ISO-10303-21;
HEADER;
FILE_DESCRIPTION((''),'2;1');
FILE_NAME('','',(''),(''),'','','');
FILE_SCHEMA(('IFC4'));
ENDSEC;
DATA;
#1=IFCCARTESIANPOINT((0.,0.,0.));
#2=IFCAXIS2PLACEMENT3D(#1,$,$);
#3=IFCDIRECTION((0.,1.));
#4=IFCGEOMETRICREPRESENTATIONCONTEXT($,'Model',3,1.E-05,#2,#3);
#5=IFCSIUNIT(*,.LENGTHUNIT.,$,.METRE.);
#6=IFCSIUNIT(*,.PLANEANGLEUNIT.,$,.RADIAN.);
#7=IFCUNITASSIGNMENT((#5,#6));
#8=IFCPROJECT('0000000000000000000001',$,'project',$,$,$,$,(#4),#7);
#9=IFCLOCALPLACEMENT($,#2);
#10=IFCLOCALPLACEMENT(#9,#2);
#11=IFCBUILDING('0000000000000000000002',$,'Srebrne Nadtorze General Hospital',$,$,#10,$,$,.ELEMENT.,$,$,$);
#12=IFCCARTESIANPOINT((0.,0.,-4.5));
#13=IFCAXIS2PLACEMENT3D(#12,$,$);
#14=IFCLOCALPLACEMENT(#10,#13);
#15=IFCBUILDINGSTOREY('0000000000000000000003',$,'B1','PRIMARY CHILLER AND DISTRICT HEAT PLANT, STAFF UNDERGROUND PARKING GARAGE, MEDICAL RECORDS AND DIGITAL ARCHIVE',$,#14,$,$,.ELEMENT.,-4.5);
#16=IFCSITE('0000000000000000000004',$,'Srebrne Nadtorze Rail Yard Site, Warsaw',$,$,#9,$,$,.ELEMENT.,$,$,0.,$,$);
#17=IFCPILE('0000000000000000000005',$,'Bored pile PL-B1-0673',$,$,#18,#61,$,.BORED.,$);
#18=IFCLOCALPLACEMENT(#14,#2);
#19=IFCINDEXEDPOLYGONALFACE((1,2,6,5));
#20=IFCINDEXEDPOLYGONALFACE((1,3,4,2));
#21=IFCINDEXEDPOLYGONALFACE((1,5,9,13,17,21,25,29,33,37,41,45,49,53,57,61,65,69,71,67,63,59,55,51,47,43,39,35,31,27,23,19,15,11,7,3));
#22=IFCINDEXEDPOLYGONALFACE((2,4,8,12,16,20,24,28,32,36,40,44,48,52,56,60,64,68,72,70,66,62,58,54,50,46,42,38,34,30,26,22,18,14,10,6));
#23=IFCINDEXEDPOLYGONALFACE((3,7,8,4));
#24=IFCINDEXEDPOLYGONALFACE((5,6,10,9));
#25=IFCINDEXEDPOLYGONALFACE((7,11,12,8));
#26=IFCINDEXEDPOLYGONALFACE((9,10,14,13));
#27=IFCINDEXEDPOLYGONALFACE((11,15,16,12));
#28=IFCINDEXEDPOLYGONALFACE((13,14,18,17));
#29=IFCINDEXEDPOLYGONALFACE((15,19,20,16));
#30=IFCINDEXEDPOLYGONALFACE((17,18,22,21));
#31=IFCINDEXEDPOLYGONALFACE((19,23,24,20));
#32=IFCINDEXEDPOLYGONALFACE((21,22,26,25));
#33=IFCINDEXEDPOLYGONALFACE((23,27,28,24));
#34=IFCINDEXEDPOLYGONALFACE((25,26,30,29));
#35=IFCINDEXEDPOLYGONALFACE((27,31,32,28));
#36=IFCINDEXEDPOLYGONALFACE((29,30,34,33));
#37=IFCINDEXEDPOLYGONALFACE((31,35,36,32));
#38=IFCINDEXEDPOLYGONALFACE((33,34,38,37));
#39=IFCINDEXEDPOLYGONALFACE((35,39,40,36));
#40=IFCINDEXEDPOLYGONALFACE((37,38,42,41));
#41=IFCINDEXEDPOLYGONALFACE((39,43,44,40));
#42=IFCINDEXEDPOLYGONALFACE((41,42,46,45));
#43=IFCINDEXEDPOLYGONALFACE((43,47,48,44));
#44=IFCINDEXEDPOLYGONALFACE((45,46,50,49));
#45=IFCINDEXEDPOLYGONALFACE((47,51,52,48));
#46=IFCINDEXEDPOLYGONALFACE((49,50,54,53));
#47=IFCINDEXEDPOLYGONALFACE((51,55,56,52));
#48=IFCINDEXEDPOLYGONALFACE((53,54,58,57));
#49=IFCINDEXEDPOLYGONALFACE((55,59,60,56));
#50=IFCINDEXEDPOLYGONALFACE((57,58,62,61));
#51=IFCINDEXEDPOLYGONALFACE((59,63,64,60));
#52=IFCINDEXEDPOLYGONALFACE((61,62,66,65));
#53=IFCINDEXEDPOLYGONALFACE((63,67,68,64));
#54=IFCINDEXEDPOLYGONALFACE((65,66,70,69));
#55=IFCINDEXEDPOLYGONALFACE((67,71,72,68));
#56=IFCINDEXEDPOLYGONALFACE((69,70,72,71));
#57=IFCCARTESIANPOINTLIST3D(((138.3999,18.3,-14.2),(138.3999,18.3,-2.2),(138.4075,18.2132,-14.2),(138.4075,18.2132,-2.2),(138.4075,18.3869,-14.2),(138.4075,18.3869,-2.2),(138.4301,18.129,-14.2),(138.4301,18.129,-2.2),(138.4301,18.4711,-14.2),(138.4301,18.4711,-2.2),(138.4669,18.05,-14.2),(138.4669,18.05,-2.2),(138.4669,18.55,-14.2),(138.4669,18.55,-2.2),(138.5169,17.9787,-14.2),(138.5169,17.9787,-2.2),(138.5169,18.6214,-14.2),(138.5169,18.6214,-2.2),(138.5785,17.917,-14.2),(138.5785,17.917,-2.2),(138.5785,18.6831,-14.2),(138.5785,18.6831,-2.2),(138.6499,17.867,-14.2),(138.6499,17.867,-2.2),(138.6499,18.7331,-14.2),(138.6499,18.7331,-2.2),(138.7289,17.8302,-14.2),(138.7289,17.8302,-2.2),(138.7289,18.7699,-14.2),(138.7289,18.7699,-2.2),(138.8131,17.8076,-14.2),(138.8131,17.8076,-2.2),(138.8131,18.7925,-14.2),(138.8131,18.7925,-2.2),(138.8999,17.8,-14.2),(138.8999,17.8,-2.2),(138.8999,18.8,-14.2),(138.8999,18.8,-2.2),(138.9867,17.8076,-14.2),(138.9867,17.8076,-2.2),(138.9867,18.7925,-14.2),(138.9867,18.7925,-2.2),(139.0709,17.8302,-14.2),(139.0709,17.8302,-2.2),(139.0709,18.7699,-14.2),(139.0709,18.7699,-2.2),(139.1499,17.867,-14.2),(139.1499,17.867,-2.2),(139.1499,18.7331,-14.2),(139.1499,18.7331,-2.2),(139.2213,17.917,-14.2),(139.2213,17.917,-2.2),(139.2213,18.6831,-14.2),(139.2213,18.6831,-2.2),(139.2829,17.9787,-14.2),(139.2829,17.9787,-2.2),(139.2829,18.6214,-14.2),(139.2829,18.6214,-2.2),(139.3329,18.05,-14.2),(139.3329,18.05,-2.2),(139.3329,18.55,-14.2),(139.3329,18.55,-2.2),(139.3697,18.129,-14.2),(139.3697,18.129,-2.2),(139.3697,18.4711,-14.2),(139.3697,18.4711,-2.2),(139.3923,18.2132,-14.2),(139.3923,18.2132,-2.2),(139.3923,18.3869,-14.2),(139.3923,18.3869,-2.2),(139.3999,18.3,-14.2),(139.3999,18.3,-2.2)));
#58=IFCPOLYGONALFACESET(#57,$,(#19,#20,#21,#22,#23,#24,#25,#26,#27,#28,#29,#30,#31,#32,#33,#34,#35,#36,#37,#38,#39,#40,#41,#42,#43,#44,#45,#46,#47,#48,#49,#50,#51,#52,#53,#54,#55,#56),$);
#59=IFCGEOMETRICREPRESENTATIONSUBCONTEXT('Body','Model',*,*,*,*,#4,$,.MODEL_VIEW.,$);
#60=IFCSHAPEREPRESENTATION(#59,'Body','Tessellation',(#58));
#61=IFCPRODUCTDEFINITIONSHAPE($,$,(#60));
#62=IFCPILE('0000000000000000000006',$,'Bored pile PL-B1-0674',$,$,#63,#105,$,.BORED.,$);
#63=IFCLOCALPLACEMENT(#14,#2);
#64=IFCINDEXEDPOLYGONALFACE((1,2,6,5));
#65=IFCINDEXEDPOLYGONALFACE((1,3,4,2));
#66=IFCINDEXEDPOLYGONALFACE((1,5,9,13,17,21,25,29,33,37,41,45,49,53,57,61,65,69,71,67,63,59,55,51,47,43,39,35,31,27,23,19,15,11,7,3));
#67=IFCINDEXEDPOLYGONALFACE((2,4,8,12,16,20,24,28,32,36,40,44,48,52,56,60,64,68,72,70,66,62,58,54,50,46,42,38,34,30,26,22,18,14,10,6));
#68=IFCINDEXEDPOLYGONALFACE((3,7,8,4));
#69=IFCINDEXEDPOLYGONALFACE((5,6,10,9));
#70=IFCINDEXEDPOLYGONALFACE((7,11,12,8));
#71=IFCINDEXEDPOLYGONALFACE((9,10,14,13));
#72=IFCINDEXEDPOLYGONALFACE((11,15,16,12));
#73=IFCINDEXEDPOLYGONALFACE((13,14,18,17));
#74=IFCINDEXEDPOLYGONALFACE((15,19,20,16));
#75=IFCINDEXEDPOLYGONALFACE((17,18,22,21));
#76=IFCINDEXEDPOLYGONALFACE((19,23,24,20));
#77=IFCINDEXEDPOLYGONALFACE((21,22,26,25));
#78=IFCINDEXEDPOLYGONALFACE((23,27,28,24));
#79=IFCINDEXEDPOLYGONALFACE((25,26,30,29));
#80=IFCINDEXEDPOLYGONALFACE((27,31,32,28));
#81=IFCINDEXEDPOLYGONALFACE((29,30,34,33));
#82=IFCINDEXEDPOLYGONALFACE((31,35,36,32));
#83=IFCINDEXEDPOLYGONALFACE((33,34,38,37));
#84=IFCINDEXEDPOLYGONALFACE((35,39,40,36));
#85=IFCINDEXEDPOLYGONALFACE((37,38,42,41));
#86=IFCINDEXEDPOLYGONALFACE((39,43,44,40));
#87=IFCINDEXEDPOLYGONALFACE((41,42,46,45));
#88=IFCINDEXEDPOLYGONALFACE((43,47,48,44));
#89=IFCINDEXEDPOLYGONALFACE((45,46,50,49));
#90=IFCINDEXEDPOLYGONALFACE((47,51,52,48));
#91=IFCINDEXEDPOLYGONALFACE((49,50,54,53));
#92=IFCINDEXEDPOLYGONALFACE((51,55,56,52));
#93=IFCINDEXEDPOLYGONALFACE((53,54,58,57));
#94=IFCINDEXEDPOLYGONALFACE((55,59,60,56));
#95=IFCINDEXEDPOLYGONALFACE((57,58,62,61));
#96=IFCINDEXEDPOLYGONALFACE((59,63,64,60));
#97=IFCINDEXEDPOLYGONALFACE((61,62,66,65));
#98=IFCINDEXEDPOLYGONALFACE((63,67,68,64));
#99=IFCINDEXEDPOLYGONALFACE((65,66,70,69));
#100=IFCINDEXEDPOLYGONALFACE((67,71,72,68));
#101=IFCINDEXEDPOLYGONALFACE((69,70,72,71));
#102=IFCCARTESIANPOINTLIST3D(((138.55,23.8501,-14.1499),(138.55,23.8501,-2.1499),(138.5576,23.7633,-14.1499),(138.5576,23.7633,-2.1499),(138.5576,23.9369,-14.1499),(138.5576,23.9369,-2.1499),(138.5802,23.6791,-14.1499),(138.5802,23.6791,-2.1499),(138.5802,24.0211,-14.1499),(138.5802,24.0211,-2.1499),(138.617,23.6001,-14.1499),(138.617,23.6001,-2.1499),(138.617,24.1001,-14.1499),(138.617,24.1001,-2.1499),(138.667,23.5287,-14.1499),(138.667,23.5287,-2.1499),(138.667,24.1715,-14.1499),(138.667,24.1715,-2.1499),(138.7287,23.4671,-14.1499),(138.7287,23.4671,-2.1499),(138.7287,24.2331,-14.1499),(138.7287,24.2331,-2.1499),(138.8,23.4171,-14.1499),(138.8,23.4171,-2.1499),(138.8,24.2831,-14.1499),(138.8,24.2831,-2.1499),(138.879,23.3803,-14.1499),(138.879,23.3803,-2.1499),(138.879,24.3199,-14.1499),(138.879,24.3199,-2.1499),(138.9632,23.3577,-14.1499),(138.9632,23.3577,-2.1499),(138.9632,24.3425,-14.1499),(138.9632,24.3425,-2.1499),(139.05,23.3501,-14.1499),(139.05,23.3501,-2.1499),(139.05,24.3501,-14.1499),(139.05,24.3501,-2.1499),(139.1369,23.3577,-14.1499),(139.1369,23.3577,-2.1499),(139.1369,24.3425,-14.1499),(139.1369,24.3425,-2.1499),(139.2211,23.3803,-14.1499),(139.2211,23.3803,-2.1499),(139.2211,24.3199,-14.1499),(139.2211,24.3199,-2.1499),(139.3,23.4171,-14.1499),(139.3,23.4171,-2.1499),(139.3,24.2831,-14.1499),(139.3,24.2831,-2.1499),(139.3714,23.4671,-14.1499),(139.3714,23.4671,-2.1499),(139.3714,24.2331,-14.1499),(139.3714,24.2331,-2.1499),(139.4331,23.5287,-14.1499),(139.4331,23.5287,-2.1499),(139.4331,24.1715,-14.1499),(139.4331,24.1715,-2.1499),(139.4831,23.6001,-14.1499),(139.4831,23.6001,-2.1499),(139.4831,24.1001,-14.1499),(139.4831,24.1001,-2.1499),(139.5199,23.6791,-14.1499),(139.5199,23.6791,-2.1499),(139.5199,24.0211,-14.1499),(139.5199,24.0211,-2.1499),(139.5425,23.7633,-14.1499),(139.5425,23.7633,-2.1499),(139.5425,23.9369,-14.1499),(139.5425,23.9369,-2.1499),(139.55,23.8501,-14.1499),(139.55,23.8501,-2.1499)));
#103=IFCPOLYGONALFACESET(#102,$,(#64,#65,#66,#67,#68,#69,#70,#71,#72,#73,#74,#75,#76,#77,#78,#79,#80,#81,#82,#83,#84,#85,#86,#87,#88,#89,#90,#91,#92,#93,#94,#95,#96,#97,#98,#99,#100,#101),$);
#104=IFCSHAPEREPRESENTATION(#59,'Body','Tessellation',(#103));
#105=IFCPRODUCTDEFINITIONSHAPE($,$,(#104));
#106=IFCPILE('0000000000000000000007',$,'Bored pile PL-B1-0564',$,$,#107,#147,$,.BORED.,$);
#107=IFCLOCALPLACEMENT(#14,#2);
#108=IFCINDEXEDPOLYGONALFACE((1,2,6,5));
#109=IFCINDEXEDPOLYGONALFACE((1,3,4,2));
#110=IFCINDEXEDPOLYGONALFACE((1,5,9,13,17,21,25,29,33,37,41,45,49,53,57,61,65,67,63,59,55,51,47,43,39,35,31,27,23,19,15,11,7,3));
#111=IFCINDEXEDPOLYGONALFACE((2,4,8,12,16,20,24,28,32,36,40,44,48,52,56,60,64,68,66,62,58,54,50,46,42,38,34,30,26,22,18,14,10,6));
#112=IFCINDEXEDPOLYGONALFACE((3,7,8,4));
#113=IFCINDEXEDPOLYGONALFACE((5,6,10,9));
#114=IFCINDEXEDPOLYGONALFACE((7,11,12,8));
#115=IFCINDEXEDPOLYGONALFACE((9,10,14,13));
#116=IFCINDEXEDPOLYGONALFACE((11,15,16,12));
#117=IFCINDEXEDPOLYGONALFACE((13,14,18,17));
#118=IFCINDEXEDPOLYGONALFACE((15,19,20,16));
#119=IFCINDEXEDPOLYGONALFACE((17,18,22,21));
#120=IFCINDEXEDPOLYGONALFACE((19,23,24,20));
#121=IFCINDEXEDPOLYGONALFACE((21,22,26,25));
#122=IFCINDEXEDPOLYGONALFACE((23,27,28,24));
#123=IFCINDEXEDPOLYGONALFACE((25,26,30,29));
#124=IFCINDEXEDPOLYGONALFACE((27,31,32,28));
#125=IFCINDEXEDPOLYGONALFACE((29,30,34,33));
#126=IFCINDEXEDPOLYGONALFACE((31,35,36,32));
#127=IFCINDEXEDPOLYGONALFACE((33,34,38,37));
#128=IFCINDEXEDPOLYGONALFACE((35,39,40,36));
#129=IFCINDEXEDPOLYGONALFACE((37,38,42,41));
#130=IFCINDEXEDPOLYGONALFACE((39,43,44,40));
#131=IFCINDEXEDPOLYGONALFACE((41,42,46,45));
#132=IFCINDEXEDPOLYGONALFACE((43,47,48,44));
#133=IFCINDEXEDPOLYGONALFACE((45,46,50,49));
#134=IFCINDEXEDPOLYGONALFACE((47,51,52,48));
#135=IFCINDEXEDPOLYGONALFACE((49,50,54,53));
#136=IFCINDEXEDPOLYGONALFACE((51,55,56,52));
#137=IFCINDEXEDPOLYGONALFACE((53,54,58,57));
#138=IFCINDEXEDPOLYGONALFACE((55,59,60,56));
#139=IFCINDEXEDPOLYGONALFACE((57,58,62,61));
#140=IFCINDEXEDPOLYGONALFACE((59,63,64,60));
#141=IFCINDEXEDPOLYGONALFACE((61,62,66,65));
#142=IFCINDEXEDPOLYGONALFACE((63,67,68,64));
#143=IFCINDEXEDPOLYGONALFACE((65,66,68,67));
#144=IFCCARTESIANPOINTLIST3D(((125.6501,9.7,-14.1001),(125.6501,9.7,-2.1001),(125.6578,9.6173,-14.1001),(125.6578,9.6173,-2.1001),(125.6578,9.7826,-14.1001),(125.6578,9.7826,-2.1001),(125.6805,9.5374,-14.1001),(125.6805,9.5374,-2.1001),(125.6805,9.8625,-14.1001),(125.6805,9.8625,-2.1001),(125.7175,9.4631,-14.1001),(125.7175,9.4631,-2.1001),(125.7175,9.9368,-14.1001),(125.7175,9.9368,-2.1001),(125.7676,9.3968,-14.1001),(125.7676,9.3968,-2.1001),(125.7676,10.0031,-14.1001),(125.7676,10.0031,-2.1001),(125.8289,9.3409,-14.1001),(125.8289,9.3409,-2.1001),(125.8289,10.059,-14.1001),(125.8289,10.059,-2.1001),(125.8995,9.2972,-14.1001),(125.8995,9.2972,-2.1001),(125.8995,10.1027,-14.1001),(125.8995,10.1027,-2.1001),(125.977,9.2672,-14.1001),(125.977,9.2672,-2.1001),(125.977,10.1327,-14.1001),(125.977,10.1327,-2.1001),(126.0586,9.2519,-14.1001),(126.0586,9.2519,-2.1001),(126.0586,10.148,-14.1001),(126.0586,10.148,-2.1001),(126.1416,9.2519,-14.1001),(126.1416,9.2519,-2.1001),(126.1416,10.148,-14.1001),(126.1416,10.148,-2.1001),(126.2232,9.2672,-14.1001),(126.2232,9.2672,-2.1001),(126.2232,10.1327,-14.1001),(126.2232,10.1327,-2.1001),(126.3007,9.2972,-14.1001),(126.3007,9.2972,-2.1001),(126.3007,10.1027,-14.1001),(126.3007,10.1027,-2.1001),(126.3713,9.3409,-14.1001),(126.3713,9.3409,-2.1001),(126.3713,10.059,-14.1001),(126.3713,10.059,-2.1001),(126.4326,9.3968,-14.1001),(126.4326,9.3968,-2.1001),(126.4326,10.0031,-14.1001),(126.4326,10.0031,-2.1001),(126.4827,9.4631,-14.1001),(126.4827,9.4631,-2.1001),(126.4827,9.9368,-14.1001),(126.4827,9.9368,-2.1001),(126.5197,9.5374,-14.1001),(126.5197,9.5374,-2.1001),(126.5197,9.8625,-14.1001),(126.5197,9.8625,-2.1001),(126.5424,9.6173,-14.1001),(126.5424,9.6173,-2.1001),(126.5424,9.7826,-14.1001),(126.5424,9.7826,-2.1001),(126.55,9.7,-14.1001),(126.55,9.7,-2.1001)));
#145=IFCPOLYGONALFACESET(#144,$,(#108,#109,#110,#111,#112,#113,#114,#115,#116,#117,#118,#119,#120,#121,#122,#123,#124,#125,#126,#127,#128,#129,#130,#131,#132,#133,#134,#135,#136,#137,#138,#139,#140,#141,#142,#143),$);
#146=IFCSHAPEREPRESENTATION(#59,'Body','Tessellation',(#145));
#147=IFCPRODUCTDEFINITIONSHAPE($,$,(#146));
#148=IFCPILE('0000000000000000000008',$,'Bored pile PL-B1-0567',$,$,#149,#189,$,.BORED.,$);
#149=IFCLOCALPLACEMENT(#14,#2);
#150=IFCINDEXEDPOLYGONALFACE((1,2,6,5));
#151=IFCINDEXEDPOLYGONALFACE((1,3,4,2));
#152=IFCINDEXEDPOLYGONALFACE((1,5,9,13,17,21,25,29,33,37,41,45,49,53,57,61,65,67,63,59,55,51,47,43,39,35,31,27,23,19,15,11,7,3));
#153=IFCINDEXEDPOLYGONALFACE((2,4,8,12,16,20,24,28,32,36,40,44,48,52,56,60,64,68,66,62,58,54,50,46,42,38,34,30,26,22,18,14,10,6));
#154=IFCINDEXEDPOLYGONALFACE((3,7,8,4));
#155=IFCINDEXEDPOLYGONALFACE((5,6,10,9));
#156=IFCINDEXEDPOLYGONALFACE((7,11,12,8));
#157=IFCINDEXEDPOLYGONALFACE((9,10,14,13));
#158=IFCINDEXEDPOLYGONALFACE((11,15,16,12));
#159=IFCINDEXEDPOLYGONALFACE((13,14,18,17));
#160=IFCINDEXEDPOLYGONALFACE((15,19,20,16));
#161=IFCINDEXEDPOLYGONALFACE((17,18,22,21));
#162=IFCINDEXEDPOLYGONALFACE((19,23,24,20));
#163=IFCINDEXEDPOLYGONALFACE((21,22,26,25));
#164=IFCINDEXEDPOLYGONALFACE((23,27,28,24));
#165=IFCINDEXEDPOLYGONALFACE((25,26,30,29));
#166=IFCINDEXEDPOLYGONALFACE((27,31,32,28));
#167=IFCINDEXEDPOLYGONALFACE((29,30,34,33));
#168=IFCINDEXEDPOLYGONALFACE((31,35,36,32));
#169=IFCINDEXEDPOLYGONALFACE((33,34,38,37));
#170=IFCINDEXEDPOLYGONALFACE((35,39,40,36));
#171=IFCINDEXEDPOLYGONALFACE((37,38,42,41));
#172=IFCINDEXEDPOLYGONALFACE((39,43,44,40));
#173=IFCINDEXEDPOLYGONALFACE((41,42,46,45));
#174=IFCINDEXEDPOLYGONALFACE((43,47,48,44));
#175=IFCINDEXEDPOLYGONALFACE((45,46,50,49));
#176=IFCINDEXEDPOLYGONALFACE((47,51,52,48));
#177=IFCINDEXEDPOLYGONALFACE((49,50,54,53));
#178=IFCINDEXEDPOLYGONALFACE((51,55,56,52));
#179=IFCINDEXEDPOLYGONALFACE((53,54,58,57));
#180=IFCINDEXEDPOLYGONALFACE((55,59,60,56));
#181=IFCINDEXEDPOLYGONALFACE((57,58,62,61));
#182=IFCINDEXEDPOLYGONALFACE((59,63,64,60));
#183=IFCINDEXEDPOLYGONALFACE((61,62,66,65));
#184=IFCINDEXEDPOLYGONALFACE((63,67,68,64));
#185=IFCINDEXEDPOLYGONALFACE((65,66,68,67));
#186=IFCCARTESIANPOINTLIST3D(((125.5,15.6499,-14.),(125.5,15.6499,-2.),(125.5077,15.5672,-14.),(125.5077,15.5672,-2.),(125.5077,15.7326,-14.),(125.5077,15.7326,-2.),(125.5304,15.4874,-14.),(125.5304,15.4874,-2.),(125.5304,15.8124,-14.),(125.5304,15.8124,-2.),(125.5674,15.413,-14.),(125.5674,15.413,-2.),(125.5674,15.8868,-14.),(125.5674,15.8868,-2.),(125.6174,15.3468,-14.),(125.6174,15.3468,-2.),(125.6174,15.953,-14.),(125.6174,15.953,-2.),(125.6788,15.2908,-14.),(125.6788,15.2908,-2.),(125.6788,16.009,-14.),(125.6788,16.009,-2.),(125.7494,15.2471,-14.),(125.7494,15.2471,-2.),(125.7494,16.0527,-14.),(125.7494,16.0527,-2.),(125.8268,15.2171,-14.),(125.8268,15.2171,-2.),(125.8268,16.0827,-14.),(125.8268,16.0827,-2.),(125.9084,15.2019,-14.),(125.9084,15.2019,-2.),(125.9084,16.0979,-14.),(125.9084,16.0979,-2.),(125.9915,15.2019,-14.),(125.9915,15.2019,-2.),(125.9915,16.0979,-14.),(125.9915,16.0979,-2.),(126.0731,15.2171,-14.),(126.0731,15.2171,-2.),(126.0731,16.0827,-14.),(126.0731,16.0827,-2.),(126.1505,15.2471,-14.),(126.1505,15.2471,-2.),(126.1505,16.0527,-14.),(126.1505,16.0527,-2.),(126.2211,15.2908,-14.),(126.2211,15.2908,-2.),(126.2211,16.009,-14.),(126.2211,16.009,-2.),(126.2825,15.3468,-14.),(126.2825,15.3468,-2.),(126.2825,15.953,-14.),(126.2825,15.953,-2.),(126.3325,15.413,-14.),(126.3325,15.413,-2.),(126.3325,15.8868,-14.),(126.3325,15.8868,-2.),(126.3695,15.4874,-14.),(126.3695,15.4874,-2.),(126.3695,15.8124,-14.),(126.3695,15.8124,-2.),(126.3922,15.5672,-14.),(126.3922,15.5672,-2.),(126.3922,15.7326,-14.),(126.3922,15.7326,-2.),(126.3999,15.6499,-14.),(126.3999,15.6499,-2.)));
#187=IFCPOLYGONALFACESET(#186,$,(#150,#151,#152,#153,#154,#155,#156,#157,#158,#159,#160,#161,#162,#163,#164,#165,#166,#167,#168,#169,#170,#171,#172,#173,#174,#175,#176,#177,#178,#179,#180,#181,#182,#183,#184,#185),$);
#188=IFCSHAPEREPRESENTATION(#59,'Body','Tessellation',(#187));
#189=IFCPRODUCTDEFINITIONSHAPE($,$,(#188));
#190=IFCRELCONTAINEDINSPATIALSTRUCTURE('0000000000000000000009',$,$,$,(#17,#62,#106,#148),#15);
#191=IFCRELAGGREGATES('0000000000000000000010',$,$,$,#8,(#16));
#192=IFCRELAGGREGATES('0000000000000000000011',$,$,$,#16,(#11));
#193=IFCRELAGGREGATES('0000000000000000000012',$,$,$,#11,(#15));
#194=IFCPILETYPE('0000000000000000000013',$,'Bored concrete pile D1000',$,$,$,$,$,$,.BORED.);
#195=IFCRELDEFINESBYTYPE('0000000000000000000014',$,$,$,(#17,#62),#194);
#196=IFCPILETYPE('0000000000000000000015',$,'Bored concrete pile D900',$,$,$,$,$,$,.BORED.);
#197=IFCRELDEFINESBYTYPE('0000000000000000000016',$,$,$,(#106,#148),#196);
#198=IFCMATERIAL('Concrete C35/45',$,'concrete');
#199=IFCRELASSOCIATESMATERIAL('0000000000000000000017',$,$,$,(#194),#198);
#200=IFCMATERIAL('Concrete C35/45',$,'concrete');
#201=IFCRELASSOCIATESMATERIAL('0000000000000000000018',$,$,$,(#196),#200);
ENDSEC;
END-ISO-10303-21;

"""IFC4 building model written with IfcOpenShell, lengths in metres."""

from ifc_helpers import new_model, si_unit, direction, frame, origin, origin_2d, place, context, subcontext, project, spatial, circle, extrude, material, material_profile, profile_set, type_object, element, save


model = new_model("IFC4")

# Units and contexts
model_context = context("Model", 3, precision=1e-05, world=origin(), true_north=direction((0.0, 1.0)))
body_context = subcontext(model_context, "Body", "Model", "MODEL_VIEW")
ifc_project = project(units=[si_unit("LENGTHUNIT", "METRE"), si_unit("PLANEANGLEUNIT", "RADIAN")], contexts=[model_context])

# Site, building, storey
site_placement = place(None, origin())
site = spatial("IfcSite", under=ifc_project, at=site_placement, Name="Srebrne Nadtorze Rail Yard Site, Warsaw", CompositionType="ELEMENT", RefElevation=0.0)
building_placement = place(site_placement, origin())
building = spatial("IfcBuilding", under=site, at=building_placement, Name="Srebrne Nadtorze General Hospital", CompositionType="ELEMENT")
storey_placement = place(building_placement, frame((0.0, 0.0, -4.5)))
storey = spatial("IfcBuildingStorey", under=building, at=storey_placement, Name="B1", Description="PRIMARY CHILLER AND DISTRICT HEAT PLANT, STAFF UNDERGROUND PARKING GARAGE, MEDICAL RECORDS AND DIGITAL ARCHIVE", CompositionType="ELEMENT", Elevation=-4.5)

# Piles
ifc_material_1 = material(Name="Concrete C35/45", Category="concrete")
ifc_material_profile_1 = material_profile(ifc_material_1, circle(Radius=0.5, at=origin_2d()), Name="PILE-D1000")
ifc_profile_set_1 = profile_set([ifc_material_profile_1], Name="Concrete C35/45")
pile_type_1 = type_object("IfcPileType", Name="Bored concrete pile D1000", PredefinedType="BORED", material=ifc_profile_set_1)
for number, where, z_axis, x_axis, name in (
    (1, (138.8999, 18.3, -2.2), (0.0, 0.0, -1.0), (1.0, 0.0, 0.0), "Bored pile PL-B1-0673"),
    (2, (139.05, 23.8501, -2.1499), (0.0, 0.0, -1.0), (1.0, 0.0, 0.0), "Bored pile PL-B1-0674"),
):
    element("IfcPile", number, at=place(storey_placement, frame(where, z_axis=z_axis, x_axis=x_axis)), inside=storey, type_object=pile_type_1, Name=name, PredefinedType="BORED", context=body_context, shape_type="SweptSolid", body=[
        extrude(circle(Radius=0.5, at=origin_2d()), origin(), (0.0, 0.0, 1.0), 12.0),
    ])
ifc_material_2 = material(Name="Concrete C35/45", Category="concrete")
ifc_material_profile_2 = material_profile(ifc_material_2, circle(Radius=0.45, at=origin_2d()), Name="PILE-D900")
ifc_profile_set_2 = profile_set([ifc_material_profile_2], Name="Concrete C35/45")
pile_type_2 = type_object("IfcPileType", Name="Bored concrete pile D900", PredefinedType="BORED", material=ifc_profile_set_2)
for number, where, z_axis, x_axis, name in (
    (3, (126.1001, 9.7, -2.1001), (0.0, 0.0, -1.0), (1.0, 0.0, 0.0), "Bored pile PL-B1-0564"),
    (4, (125.95, 15.6499, -2.0), (0.0, 0.0, -1.0), (1.0, 0.0, 0.0), "Bored pile PL-B1-0567"),
):
    element("IfcPile", number, at=place(storey_placement, frame(where, z_axis=z_axis, x_axis=x_axis)), inside=storey, type_object=pile_type_2, Name=name, PredefinedType="BORED", context=body_context, shape_type="SweptSolid", body=[
        extrude(circle(Radius=0.45, at=origin_2d()), origin(), (0.0, 0.0, 1.0), 12.0),
    ])

save(model, "model.ifc")
